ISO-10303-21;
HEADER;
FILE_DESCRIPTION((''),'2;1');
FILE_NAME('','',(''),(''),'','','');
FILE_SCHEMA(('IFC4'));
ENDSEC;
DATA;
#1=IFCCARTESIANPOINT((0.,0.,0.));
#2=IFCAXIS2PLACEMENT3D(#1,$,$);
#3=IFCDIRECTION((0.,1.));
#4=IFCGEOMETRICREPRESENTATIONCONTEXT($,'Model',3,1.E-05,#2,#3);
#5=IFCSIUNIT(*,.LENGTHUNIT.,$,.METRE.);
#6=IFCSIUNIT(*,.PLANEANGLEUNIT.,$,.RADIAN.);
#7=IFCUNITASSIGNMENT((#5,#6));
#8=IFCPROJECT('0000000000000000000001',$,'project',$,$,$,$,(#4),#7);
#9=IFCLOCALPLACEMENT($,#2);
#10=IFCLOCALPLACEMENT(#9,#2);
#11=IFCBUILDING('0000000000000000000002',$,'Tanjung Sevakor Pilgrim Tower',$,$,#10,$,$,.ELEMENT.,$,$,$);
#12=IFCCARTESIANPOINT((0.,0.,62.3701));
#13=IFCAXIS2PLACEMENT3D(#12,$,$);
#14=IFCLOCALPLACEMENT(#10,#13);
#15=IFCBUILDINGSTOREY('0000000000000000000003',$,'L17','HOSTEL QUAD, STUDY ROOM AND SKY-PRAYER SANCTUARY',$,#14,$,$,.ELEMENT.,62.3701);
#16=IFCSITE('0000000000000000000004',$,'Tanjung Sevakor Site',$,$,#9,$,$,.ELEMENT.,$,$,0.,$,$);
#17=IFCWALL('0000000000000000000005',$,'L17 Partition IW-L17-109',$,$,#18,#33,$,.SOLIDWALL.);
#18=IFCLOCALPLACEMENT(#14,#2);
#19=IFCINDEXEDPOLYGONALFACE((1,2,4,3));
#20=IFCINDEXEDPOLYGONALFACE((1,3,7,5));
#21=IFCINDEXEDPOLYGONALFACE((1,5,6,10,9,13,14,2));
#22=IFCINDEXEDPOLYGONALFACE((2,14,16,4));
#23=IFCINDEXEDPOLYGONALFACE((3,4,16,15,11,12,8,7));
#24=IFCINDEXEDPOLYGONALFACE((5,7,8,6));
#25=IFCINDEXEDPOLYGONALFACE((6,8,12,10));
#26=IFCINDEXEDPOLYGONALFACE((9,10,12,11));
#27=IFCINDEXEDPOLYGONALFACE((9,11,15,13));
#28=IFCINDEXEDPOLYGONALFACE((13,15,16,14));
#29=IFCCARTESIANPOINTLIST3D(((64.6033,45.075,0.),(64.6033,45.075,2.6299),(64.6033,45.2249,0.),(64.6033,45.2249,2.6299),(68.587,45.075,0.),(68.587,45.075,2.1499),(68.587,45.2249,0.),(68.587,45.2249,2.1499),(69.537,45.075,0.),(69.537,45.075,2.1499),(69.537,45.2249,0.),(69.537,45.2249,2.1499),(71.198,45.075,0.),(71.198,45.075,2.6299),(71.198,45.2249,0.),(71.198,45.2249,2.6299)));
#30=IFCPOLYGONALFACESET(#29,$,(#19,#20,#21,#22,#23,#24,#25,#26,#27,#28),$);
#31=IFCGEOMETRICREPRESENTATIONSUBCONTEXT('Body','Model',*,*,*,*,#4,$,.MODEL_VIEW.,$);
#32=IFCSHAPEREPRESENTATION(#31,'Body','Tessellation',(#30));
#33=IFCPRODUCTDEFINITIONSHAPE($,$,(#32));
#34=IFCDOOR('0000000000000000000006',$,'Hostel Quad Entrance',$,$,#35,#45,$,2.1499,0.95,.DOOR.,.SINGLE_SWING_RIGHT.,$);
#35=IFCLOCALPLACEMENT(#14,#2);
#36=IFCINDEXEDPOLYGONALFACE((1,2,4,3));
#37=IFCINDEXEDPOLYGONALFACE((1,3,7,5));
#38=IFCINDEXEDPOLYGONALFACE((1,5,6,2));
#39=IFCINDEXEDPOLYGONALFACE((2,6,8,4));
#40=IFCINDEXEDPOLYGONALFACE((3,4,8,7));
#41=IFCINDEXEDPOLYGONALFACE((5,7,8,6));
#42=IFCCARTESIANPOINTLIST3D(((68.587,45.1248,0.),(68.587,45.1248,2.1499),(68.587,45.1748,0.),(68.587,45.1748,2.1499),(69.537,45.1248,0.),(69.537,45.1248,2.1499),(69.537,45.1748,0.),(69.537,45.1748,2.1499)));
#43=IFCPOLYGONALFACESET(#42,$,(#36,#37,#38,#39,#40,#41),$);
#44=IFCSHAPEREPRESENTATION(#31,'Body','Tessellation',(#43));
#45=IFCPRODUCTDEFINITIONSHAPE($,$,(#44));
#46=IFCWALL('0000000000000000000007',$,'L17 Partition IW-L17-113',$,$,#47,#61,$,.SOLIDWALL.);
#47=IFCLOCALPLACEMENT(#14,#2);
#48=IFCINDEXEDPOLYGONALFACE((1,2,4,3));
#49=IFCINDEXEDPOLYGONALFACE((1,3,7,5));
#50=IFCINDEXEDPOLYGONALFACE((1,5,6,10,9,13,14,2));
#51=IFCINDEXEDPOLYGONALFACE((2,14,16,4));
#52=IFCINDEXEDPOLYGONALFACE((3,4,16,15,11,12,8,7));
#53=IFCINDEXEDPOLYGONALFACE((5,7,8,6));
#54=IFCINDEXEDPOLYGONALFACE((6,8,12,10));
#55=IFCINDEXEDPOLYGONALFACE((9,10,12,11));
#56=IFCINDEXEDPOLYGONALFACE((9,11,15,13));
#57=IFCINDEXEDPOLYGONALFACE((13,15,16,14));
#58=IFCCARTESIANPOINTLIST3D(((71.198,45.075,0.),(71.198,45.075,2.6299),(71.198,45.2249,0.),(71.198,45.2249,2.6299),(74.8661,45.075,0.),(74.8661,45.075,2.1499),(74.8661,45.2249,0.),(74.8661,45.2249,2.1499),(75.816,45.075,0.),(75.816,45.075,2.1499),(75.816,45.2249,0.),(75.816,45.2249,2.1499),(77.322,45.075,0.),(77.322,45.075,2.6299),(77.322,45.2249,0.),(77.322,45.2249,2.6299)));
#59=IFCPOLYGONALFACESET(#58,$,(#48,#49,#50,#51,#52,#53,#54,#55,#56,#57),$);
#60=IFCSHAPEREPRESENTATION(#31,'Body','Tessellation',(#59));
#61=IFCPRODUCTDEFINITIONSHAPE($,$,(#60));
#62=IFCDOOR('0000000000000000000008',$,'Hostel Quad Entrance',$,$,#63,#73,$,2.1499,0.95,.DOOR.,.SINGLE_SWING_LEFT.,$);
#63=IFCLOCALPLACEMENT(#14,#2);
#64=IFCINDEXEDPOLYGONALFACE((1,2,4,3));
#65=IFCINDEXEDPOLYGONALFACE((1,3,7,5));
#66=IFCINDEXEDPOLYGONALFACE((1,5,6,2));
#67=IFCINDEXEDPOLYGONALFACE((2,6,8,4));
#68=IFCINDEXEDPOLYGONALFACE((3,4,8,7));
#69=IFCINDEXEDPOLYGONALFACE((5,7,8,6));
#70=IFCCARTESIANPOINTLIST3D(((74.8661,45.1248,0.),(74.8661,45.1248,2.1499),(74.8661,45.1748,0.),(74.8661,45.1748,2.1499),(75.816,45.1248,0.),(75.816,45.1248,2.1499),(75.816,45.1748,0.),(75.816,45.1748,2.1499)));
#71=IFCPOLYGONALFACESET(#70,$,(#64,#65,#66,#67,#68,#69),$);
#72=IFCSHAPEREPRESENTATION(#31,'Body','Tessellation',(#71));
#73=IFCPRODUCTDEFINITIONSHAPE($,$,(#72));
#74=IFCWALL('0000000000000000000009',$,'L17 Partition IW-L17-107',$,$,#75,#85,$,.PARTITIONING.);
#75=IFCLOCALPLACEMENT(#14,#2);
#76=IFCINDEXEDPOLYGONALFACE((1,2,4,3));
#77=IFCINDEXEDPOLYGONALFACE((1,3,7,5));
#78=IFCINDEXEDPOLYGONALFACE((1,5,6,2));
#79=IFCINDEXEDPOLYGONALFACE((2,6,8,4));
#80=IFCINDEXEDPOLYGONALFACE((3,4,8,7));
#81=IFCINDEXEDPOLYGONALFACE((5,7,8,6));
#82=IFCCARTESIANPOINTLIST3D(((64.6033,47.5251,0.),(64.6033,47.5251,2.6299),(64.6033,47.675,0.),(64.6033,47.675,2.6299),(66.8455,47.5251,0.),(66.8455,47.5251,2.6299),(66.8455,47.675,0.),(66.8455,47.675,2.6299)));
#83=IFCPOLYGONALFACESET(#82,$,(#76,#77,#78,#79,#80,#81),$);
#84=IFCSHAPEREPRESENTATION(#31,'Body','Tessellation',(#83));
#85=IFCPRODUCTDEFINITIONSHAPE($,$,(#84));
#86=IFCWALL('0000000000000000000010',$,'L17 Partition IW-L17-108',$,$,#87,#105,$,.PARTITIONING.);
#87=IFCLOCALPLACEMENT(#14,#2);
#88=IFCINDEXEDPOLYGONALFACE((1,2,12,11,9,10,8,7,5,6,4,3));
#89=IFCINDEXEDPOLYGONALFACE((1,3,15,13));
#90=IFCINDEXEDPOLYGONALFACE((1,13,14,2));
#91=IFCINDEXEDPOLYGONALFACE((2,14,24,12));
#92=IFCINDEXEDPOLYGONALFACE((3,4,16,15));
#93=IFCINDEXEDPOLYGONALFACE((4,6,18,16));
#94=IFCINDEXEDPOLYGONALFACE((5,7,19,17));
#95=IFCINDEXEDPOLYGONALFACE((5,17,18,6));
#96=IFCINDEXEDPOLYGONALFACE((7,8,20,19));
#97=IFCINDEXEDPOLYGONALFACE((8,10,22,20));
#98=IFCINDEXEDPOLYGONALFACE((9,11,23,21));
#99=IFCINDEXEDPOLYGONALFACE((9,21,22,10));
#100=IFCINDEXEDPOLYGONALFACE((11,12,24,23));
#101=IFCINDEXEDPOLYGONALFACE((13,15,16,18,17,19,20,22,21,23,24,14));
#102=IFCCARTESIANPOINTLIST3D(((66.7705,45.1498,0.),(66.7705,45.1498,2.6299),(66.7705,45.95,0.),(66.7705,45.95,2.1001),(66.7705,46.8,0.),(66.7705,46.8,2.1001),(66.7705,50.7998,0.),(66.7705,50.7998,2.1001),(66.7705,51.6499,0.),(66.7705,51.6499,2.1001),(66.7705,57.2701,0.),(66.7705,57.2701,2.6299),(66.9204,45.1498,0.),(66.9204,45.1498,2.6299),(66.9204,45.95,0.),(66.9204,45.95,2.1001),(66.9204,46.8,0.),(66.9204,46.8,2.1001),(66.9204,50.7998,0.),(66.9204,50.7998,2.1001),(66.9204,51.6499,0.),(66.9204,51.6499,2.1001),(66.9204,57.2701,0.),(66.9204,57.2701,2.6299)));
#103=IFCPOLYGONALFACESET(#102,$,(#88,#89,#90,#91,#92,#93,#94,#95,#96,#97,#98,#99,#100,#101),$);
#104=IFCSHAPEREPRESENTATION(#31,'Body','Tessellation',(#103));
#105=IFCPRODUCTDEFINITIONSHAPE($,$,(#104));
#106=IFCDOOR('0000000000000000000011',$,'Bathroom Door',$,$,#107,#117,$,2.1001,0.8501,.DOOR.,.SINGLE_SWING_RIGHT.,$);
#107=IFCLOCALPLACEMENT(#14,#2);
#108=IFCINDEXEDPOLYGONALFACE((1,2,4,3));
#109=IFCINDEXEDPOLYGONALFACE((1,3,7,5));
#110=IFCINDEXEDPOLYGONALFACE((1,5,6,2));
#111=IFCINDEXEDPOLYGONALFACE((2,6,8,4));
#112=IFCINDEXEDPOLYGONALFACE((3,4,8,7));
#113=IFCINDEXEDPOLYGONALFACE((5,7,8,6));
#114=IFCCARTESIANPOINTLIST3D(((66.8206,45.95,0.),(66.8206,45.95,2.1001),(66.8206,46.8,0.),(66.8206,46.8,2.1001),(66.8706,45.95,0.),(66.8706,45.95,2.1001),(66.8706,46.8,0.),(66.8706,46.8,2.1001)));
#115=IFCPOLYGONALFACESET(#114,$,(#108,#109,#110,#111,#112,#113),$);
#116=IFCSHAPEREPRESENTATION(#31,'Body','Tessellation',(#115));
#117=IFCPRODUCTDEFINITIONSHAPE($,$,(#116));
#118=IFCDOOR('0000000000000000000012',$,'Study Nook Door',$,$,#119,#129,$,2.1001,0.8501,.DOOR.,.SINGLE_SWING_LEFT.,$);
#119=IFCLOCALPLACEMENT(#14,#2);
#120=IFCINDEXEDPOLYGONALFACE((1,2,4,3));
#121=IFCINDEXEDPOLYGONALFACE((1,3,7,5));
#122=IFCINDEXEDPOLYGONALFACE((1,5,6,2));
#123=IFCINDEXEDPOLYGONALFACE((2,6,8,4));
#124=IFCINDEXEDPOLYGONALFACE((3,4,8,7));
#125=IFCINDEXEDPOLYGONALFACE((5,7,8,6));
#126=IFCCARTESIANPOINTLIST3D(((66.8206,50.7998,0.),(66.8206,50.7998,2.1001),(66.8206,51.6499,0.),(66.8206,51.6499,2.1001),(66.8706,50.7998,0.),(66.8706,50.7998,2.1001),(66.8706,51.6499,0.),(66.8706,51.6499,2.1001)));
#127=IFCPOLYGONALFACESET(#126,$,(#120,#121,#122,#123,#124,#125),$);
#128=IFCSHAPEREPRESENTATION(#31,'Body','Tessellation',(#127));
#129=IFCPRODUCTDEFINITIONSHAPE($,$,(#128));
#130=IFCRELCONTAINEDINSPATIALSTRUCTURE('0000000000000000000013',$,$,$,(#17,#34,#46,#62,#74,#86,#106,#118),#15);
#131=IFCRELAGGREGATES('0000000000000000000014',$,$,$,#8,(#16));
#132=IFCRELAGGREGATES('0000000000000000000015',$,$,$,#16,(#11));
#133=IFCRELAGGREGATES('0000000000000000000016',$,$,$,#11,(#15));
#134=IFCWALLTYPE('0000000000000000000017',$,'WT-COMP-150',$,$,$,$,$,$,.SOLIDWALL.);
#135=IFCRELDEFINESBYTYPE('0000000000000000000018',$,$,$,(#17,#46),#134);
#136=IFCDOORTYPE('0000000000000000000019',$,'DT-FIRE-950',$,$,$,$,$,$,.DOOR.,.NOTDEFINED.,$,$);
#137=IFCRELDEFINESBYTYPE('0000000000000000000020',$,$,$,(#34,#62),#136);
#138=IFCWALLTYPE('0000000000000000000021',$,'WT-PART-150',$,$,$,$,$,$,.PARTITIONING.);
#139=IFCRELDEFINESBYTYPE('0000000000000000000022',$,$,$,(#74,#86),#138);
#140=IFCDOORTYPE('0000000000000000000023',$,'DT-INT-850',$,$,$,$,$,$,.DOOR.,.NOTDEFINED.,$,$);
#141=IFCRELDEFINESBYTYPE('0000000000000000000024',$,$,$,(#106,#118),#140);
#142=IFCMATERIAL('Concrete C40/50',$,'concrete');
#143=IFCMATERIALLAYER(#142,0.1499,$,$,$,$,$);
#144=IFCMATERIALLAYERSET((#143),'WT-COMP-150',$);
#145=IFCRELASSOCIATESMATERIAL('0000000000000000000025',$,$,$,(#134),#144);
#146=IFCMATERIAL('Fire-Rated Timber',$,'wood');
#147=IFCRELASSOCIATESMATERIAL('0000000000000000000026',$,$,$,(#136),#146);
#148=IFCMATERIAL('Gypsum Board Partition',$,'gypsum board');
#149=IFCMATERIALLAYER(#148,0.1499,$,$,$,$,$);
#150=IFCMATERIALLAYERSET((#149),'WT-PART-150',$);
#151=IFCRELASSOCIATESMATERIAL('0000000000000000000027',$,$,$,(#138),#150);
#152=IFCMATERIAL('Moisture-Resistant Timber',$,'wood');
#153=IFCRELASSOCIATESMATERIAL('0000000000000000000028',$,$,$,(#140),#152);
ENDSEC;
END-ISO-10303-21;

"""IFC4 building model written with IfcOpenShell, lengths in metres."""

from ifc_helpers import new_model, si_unit, direction, frame, frame_2d, origin, place, context, subcontext, project, spatial, rectangle, extrude, material, layer, layer_set, type_object, element, fill, save


model = new_model("IFC4")

# Units and contexts
model_context = context("Model", 3, precision=1e-05, world=origin(), true_north=direction((0.0, 1.0)))
body_context = subcontext(model_context, "Body", "Model", "MODEL_VIEW")
ifc_project = project(units=[si_unit("LENGTHUNIT", "METRE"), si_unit("PLANEANGLEUNIT", "RADIAN")], contexts=[model_context])

# Site, building, storey
site_placement = place(None, origin())
site = spatial("IfcSite", under=ifc_project, at=site_placement, Name="Tanjung Sevakor Site", CompositionType="ELEMENT", RefElevation=0.0)
building_placement = place(site_placement, origin())
building = spatial("IfcBuilding", under=site, at=building_placement, Name="Tanjung Sevakor Pilgrim Tower", CompositionType="ELEMENT")
storey_placement = place(building_placement, frame((0.0, 0.0, 62.3701)))
storey = spatial("IfcBuildingStorey", under=building, at=storey_placement, Name="L17", Description="HOSTEL QUAD, STUDY ROOM AND SKY-PRAYER SANCTUARY", CompositionType="ELEMENT", Elevation=62.3701)

# Shared definitions
ifc_material_1 = material(Name="Concrete C40/50", Category="concrete")
ifc_layer_1 = layer(ifc_material_1, 0.1499)
ifc_layer_set_1 = layer_set([ifc_layer_1], Name="WT-COMP-150")
wall_type_1 = type_object("IfcWallType", Name="WT-COMP-150", PredefinedType="SOLIDWALL", material=ifc_layer_set_1)

# Walls, openings, doors
wall_1_placement = place(storey_placement, frame((64.6033, 45.1499, 0.0), z_axis=(0.0, 0.0, 1.0), x_axis=(1.0, 0.0, 0.0)))
wall_1 = element("IfcWall", 1, at=wall_1_placement, inside=storey, type_object=wall_type_1, Name="L17 Partition IW-L17-109", PredefinedType="SOLIDWALL", context=body_context, shape_type="SweptSolid", body=[
    extrude(rectangle(XDim=6.5947, YDim=0.1499, at=frame_2d((3.2974, 0.0))), origin(), (0.0, 0.0, 1.0), 2.6299),
])
opening_1_placement = place(wall_1_placement, frame((3.9836, 0.0, 0.0)))
opening_1 = element("IfcOpeningElement", 2, at=opening_1_placement, cuts=wall_1, PredefinedType="OPENING", context=body_context, shape_type="SweptSolid", body=[
    extrude(rectangle(XDim=0.95, YDim=2.1499, at=frame_2d((0.4751, 1.075))), frame((0.0, 0.085, 0.0), z_axis=(0.0, -1.0, 0.0), x_axis=(1.0, 0.0, 0.0)), (0.0, 0.0, 1.0), 0.1699),
])
ifc_material_2 = material(Name="Fire-Rated Timber", Category="wood")
door_type_1 = type_object("IfcDoorType", Name="DT-FIRE-950", OperationType="NOTDEFINED", PredefinedType="DOOR", material=ifc_material_2)
door_1_placement = place(opening_1_placement, origin())
door_1 = element("IfcDoor", 3, at=door_1_placement, inside=storey, type_object=door_type_1, Name="Hostel Quad Entrance", OperationType="SINGLE_SWING_RIGHT", OverallHeight=2.1499, OverallWidth=0.95, PredefinedType="DOOR", context=body_context, shape_type="SweptSolid", body=[
    extrude(rectangle(XDim=0.95, YDim=2.1499, at=frame_2d((0.4751, 1.075))), frame((0.0, 0.0249, 0.0), z_axis=(0.0, -1.0, 0.0), x_axis=(1.0, 0.0, 0.0)), (0.0, 0.0, 1.0), 0.05),
])
fill(opening_1, door_1)
wall_2_placement = place(storey_placement, frame((71.198, 45.1499, 0.0), z_axis=(0.0, 0.0, 1.0), x_axis=(1.0, 0.0, 0.0)))
wall_2 = element("IfcWall", 4, at=wall_2_placement, inside=storey, type_object=wall_type_1, Name="L17 Partition IW-L17-113", PredefinedType="SOLIDWALL", context=body_context, shape_type="SweptSolid", body=[
    extrude(rectangle(XDim=6.124, YDim=0.1499, at=frame_2d((3.062, 0.0))), origin(), (0.0, 0.0, 1.0), 2.6299),
])
opening_2_placement = place(wall_2_placement, frame((3.668, 0.0, 0.0)))
opening_2 = element("IfcOpeningElement", 5, at=opening_2_placement, cuts=wall_2, PredefinedType="OPENING", context=body_context, shape_type="SweptSolid", body=[
    extrude(rectangle(XDim=0.95, YDim=2.1499, at=frame_2d((0.4751, 1.075))), frame((0.0, 0.085, 0.0), z_axis=(0.0, -1.0, 0.0), x_axis=(1.0, 0.0, 0.0)), (0.0, 0.0, 1.0), 0.1699),
])
door_2_placement = place(opening_2_placement, origin())
door_2 = element("IfcDoor", 6, at=door_2_placement, inside=storey, type_object=door_type_1, Name="Hostel Quad Entrance", OperationType="SINGLE_SWING_LEFT", OverallHeight=2.1499, OverallWidth=0.95, PredefinedType="DOOR", context=body_context, shape_type="SweptSolid", body=[
    extrude(rectangle(XDim=0.95, YDim=2.1499, at=frame_2d((0.4751, 1.075))), frame((0.0, 0.0249, 0.0), z_axis=(0.0, -1.0, 0.0), x_axis=(1.0, 0.0, 0.0)), (0.0, 0.0, 1.0), 0.05),
])
fill(opening_2, door_2)

# Wall
ifc_material_3 = material(Name="Gypsum Board Partition", Category="gypsum board")
ifc_layer_2 = layer(ifc_material_3, 0.1499)
ifc_layer_set_2 = layer_set([ifc_layer_2], Name="WT-PART-150")
wall_type_2 = type_object("IfcWallType", Name="WT-PART-150", PredefinedType="PARTITIONING", material=ifc_layer_set_2)
wall_3_placement = place(storey_placement, frame((64.6033, 47.6001, 0.0), z_axis=(0.0, 0.0, 1.0), x_axis=(1.0, 0.0, 0.0)))
element("IfcWall", 7, at=wall_3_placement, inside=storey, type_object=wall_type_2, Name="L17 Partition IW-L17-107", PredefinedType="PARTITIONING", context=body_context, shape_type="SweptSolid", body=[
    extrude(rectangle(XDim=2.2422, YDim=0.1499, at=frame_2d((1.1211, 0.0))), origin(), (0.0, 0.0, 1.0), 2.6299),
])

# Wall, openings, doors
wall_4_placement = place(storey_placement, frame((66.8455, 45.1499, 0.0), z_axis=(0.0, 0.0, 1.0), x_axis=(0.0, 1.0, 0.0)))
wall_4 = element("IfcWall", 8, at=wall_4_placement, inside=storey, type_object=wall_type_2, Name="L17 Partition IW-L17-108", PredefinedType="PARTITIONING", context=body_context, shape_type="SweptSolid", body=[
    extrude(rectangle(XDim=12.1204, YDim=0.1499, at=frame_2d((6.0601, 0.0))), origin(), (0.0, 0.0, 1.0), 2.6299),
])
opening_3_placement = place(wall_4_placement, frame((0.8, 0.0, 0.0)))
opening_3 = element("IfcOpeningElement", 9, at=opening_3_placement, cuts=wall_4, PredefinedType="OPENING", context=body_context, shape_type="SweptSolid", body=[
    extrude(rectangle(XDim=0.8501, YDim=2.1001, at=frame_2d((0.425, 1.05))), frame((0.0, 0.085, 0.0), z_axis=(0.0, -1.0, 0.0), x_axis=(1.0, 0.0, 0.0)), (0.0, 0.0, 1.0), 0.1699),
])
opening_4_placement = place(wall_4_placement, frame((5.6499, 0.0, 0.0)))
opening_4 = element("IfcOpeningElement", 10, at=opening_4_placement, cuts=wall_4, PredefinedType="OPENING", context=body_context, shape_type="SweptSolid", body=[
    extrude(rectangle(XDim=0.8501, YDim=2.1001, at=frame_2d((0.425, 1.05))), frame((0.0, 0.085, 0.0), z_axis=(0.0, -1.0, 0.0), x_axis=(1.0, 0.0, 0.0)), (0.0, 0.0, 1.0), 0.1699),
])
ifc_material_4 = material(Name="Moisture-Resistant Timber", Category="wood")
door_type_2 = type_object("IfcDoorType", Name="DT-INT-850", OperationType="NOTDEFINED", PredefinedType="DOOR", material=ifc_material_4)
door_3_placement = place(opening_3_placement, origin())
door_3 = element("IfcDoor", 11, at=door_3_placement, inside=storey, type_object=door_type_2, Name="Bathroom Door", OperationType="SINGLE_SWING_RIGHT", OverallHeight=2.1001, OverallWidth=0.8501, PredefinedType="DOOR", context=body_context, shape_type="SweptSolid", body=[
    extrude(rectangle(XDim=0.8501, YDim=2.1001, at=frame_2d((0.425, 1.05))), frame((0.0, 0.0249, 0.0), z_axis=(0.0, -1.0, 0.0), x_axis=(1.0, 0.0, 0.0)), (0.0, 0.0, 1.0), 0.05),
])
fill(opening_3, door_3)
door_4_placement = place(opening_4_placement, origin())
door_4 = element("IfcDoor", 12, at=door_4_placement, inside=storey, type_object=door_type_2, Name="Study Nook Door", OperationType="SINGLE_SWING_LEFT", OverallHeight=2.1001, OverallWidth=0.8501, PredefinedType="DOOR", context=body_context, shape_type="SweptSolid", body=[
    extrude(rectangle(XDim=0.8501, YDim=2.1001, at=frame_2d((0.425, 1.05))), frame((0.0, 0.0249, 0.0), z_axis=(0.0, -1.0, 0.0), x_axis=(1.0, 0.0, 0.0)), (0.0, 0.0, 1.0), 0.05),
])
fill(opening_4, door_4)

save(model, "model.ifc")
